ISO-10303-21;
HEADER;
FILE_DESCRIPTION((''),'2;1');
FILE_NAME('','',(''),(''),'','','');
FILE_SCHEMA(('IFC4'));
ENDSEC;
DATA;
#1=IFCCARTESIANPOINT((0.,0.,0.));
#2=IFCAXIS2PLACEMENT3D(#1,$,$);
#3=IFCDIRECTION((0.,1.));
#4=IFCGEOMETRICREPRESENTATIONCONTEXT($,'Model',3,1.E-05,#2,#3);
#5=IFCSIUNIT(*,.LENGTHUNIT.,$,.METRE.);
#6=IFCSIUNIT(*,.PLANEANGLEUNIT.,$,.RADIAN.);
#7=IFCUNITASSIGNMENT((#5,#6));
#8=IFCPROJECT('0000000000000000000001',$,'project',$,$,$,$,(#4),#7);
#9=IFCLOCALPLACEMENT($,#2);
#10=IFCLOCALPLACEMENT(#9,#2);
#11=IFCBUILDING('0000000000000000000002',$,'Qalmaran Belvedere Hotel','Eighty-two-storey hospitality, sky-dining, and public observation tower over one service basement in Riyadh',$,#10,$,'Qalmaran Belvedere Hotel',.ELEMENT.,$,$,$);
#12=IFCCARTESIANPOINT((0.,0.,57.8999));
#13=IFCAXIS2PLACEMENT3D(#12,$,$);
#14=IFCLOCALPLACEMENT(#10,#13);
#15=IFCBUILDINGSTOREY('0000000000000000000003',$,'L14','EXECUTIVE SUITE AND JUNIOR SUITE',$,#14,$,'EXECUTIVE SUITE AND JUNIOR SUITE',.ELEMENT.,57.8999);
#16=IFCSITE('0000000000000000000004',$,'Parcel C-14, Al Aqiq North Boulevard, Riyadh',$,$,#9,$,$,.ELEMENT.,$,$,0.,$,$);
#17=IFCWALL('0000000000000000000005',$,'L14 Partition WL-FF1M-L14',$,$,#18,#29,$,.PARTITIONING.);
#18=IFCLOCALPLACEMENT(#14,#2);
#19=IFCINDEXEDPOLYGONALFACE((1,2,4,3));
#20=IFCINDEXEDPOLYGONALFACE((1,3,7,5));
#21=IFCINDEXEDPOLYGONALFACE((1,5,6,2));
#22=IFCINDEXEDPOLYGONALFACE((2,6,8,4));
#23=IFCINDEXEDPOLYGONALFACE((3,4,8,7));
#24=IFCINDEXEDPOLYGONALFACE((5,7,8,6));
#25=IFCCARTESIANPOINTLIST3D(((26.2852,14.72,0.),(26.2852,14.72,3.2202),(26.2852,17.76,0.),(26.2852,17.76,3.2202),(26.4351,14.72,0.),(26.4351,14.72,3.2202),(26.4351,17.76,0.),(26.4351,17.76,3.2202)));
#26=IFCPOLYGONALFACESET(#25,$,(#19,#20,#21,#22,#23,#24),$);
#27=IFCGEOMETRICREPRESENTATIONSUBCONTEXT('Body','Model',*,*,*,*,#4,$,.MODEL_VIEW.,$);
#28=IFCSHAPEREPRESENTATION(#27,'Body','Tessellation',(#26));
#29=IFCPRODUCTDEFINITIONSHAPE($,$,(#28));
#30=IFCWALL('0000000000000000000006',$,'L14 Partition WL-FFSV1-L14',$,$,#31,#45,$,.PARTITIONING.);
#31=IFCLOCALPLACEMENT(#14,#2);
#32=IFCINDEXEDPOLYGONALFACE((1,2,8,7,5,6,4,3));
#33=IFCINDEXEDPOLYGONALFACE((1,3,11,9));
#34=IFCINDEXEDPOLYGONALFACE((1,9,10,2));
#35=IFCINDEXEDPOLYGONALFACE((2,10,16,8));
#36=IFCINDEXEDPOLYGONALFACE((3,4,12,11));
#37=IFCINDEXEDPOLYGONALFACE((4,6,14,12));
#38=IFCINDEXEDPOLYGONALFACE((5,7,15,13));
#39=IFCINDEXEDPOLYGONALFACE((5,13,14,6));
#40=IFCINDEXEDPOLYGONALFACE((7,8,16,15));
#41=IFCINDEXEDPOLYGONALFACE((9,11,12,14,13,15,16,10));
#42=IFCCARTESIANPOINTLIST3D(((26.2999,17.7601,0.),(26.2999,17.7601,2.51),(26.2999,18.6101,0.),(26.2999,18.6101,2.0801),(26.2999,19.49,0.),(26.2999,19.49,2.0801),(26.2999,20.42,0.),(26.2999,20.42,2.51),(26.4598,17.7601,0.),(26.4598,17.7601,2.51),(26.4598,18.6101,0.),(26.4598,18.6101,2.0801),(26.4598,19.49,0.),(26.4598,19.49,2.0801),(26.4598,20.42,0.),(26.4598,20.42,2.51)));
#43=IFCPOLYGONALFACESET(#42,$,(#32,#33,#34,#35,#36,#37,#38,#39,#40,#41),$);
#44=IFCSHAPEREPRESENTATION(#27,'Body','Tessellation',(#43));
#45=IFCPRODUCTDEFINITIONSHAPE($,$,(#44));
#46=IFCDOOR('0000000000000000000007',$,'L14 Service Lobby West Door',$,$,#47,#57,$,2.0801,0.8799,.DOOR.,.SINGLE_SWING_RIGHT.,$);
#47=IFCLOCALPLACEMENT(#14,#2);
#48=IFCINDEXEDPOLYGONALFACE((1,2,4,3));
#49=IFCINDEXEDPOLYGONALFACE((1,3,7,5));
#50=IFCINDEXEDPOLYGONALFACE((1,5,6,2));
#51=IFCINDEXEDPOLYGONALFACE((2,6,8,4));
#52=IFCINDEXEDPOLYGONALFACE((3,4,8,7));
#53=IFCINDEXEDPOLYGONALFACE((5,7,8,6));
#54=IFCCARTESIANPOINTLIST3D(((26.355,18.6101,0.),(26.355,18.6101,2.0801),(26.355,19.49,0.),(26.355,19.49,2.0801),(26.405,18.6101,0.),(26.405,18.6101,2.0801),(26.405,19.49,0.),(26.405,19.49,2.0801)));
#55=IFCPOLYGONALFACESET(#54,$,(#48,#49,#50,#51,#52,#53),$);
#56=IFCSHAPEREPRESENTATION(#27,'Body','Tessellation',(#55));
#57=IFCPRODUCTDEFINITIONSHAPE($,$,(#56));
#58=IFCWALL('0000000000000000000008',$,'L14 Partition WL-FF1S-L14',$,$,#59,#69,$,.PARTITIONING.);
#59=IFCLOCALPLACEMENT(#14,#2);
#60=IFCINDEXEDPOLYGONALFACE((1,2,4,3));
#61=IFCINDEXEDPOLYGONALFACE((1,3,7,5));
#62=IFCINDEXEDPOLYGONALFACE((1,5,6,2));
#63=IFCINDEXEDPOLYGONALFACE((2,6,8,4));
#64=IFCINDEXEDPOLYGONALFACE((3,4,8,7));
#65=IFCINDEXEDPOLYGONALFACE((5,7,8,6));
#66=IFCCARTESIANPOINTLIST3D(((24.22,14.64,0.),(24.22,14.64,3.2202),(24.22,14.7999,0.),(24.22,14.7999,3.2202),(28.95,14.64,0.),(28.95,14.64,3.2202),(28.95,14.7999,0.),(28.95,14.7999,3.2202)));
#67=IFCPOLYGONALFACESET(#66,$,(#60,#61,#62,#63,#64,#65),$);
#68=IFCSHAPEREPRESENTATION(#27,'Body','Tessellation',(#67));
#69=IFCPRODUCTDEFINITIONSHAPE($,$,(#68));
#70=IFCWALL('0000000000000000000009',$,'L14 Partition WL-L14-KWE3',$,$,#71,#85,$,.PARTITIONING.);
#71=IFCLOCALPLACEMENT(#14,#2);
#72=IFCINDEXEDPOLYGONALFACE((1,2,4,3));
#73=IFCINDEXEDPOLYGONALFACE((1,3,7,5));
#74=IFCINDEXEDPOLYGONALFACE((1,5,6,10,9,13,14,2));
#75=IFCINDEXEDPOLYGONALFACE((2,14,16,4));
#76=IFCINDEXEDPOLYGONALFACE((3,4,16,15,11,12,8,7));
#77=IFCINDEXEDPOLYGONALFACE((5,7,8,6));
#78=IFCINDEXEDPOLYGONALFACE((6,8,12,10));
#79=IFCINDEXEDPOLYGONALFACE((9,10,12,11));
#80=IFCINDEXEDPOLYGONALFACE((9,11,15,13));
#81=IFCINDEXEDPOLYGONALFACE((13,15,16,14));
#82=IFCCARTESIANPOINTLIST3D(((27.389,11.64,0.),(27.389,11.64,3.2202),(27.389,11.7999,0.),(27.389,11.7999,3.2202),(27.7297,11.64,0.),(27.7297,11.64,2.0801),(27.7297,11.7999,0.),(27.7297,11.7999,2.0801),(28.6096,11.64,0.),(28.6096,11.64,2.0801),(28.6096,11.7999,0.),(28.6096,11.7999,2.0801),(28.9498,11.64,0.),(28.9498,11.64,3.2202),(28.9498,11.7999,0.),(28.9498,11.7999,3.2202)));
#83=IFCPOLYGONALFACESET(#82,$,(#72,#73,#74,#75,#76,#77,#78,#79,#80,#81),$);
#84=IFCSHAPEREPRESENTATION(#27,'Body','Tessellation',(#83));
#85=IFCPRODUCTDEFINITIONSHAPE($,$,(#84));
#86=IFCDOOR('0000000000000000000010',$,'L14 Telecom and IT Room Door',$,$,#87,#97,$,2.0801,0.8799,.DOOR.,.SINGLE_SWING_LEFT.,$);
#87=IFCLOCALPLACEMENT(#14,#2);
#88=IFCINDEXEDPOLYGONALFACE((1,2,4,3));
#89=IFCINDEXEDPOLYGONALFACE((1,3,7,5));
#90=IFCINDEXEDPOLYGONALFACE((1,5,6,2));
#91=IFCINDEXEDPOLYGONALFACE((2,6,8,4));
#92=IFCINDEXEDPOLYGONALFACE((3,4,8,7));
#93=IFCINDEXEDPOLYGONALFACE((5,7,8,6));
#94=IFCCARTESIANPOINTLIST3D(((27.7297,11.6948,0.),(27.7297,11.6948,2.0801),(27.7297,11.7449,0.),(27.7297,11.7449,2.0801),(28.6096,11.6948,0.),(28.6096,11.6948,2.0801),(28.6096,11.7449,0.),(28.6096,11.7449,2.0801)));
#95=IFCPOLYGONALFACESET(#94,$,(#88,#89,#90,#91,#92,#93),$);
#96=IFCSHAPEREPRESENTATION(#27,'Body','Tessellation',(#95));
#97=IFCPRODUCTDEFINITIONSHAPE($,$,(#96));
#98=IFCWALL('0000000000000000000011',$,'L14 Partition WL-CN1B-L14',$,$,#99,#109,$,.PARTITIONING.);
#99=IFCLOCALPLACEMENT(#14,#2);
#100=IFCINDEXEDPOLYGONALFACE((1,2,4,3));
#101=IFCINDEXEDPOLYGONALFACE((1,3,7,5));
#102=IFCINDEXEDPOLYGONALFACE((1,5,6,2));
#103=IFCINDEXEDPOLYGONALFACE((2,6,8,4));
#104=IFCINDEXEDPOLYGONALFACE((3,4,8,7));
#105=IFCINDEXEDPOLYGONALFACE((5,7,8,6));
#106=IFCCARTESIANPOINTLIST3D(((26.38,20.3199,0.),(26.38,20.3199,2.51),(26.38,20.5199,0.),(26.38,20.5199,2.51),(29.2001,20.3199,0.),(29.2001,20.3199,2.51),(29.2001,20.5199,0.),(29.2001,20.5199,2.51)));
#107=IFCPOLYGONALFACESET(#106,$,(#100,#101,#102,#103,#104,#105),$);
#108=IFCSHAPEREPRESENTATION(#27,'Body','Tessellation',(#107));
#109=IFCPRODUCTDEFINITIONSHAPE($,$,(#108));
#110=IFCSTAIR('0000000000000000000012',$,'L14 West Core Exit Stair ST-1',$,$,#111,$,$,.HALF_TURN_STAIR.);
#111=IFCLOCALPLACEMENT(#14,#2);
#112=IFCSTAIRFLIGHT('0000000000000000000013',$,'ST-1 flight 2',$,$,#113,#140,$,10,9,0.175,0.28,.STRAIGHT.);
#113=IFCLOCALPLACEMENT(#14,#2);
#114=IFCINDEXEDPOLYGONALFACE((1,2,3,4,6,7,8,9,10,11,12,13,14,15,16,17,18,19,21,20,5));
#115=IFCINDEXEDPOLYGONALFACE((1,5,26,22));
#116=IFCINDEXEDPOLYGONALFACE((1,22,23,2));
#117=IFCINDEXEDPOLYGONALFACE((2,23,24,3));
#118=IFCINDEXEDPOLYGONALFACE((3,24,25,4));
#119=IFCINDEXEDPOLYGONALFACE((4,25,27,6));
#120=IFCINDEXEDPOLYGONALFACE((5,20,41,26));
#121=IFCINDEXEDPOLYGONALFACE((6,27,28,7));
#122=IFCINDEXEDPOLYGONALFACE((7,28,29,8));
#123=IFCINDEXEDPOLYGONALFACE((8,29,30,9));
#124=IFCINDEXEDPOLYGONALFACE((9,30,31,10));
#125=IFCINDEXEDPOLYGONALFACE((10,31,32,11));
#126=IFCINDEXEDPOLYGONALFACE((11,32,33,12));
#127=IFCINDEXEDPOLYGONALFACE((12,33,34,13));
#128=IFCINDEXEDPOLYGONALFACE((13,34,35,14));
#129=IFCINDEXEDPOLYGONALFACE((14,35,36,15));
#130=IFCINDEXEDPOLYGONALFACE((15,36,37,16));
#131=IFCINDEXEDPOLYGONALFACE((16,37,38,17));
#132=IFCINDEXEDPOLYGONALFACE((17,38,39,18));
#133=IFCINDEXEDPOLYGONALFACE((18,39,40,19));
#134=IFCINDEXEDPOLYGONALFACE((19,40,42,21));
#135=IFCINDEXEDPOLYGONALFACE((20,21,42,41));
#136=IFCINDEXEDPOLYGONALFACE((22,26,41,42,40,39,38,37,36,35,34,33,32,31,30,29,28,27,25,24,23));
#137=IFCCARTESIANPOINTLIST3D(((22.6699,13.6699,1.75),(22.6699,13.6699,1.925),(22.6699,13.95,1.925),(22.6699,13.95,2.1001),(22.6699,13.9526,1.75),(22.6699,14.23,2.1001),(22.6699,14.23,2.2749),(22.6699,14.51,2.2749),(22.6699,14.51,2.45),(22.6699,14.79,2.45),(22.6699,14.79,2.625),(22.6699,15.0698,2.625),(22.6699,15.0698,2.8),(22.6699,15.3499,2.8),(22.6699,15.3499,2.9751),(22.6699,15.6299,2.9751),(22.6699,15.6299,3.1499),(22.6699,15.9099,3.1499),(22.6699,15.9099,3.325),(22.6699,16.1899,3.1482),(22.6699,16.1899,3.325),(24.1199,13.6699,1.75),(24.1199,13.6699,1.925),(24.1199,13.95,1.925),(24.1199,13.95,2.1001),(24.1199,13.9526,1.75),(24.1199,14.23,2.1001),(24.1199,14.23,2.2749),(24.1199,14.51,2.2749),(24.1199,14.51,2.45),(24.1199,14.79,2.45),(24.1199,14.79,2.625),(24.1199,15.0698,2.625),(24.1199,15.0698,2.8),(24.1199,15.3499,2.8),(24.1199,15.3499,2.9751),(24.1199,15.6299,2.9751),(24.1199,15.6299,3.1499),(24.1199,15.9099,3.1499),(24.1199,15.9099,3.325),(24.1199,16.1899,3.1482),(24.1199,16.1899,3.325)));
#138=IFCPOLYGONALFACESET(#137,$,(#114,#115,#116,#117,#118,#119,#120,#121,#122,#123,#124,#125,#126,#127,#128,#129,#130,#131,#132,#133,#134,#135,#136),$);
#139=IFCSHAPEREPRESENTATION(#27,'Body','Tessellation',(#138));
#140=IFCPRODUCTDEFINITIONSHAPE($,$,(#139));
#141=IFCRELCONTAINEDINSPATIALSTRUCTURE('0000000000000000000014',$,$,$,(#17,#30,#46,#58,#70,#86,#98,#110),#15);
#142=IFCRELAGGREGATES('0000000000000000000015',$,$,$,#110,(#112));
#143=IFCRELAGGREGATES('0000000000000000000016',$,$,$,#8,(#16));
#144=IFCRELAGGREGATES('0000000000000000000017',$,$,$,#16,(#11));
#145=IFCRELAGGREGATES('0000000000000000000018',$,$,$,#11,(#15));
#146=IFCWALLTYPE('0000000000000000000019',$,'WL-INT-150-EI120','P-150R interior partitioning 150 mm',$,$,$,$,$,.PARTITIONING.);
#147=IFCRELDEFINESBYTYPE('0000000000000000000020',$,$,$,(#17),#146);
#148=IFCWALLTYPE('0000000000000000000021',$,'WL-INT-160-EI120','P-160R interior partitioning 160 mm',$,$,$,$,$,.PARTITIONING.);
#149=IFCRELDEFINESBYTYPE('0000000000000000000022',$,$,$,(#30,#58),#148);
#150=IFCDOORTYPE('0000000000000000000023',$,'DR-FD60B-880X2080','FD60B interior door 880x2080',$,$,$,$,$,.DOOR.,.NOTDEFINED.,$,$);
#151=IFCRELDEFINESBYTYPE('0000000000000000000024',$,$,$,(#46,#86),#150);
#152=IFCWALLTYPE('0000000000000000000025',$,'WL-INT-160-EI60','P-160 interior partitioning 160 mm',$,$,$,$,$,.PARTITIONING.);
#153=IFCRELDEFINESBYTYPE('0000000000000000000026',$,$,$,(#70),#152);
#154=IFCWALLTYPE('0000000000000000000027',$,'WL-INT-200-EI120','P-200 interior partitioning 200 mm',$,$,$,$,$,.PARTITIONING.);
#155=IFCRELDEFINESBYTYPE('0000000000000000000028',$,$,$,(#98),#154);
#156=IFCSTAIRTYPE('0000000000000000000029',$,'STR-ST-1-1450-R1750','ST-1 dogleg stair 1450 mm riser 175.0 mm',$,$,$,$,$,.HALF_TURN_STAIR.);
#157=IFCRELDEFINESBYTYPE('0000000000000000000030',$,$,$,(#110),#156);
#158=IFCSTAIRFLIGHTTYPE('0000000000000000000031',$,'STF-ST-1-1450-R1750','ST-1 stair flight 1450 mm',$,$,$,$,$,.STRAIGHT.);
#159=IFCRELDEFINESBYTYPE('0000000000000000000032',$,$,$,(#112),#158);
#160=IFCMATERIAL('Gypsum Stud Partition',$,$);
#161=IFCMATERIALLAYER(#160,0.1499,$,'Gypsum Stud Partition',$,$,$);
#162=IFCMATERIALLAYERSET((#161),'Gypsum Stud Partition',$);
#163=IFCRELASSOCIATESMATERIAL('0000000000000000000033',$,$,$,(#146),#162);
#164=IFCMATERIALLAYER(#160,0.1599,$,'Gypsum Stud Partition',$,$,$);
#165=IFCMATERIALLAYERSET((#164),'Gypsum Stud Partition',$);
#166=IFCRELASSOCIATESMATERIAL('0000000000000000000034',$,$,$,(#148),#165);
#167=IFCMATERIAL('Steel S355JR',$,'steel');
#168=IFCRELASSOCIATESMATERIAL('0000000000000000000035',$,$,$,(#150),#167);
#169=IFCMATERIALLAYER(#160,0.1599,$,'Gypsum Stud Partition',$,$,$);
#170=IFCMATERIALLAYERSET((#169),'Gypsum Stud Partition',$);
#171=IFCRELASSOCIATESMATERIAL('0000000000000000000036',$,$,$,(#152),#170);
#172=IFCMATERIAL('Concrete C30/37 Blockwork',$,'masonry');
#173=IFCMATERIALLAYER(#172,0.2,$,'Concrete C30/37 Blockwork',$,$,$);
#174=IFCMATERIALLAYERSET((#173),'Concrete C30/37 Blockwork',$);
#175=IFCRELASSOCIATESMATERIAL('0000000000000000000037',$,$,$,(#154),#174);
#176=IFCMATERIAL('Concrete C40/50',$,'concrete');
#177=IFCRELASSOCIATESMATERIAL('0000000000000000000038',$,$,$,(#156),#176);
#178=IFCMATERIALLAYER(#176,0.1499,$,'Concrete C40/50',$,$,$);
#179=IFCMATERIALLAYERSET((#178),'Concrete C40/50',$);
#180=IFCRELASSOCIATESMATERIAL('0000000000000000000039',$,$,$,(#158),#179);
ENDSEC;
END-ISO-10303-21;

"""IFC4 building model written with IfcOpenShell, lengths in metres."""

from ifc_helpers import new_model, si_unit, direction, frame, frame_2d, origin, place, context, subcontext, project, spatial, polyline, rectangle, outline, extrude, material, layer, layer_set, type_object, element, fill, aggregate, save


model = new_model("IFC4")

# Units and contexts
model_context = context("Model", 3, precision=1e-05, world=origin(), true_north=direction((0.0, 1.0)))
body_context = subcontext(model_context, "Body", "Model", "MODEL_VIEW")
ifc_project = project(units=[si_unit("LENGTHUNIT", "METRE"), si_unit("PLANEANGLEUNIT", "RADIAN")], contexts=[model_context])

# Site, building, storey
site_placement = place(None, origin())
site = spatial("IfcSite", under=ifc_project, at=site_placement, Name="Parcel C-14, Al Aqiq North Boulevard, Riyadh", CompositionType="ELEMENT", RefElevation=0.0)
building_placement = place(site_placement, origin())
building = spatial("IfcBuilding", under=site, at=building_placement, Name="Qalmaran Belvedere Hotel", Description="Eighty-two-storey hospitality, sky-dining, and public observation tower over one service basement in Riyadh", LongName="Qalmaran Belvedere Hotel", CompositionType="ELEMENT")
storey_placement = place(building_placement, frame((0.0, 0.0, 57.8999)))
storey = spatial("IfcBuildingStorey", under=building, at=storey_placement, Name="L14", Description="EXECUTIVE SUITE AND JUNIOR SUITE", LongName="EXECUTIVE SUITE AND JUNIOR SUITE", CompositionType="ELEMENT", Elevation=57.8999)

# Wall
ifc_material_1 = material(Name="Gypsum Stud Partition")
ifc_layer_1 = layer(ifc_material_1, 0.1499, Name="Gypsum Stud Partition")
ifc_layer_set_1 = layer_set([ifc_layer_1], Name="Gypsum Stud Partition")
wall_type_1 = type_object("IfcWallType", Name="WL-INT-150-EI120", Description="P-150R interior partitioning 150 mm", PredefinedType="PARTITIONING", material=ifc_layer_set_1)
wall_1_placement = place(storey_placement, frame((26.3601, 14.72, 0.0), z_axis=(0.0, 0.0, 1.0), x_axis=(0.0, 1.0, 0.0)))
element("IfcWall", 1, at=wall_1_placement, inside=storey, type_object=wall_type_1, Name="L14 Partition WL-FF1M-L14", PredefinedType="PARTITIONING", context=body_context, shape_type="SweptSolid", body=[
    extrude(rectangle(XDim=3.04, YDim=0.1499, at=frame_2d((1.52, 0.0))), origin(), (0.0, 0.0, 1.0), 3.2202),
])

# Wall, opening, door
ifc_layer_2 = layer(ifc_material_1, 0.1599, Name="Gypsum Stud Partition")
ifc_layer_set_2 = layer_set([ifc_layer_2], Name="Gypsum Stud Partition")
wall_type_2 = type_object("IfcWallType", Name="WL-INT-160-EI120", Description="P-160R interior partitioning 160 mm", PredefinedType="PARTITIONING", material=ifc_layer_set_2)
wall_2_placement = place(storey_placement, frame((26.3799, 17.76, 0.0), z_axis=(0.0, 0.0, 1.0), x_axis=(0.0, 1.0, 0.0)))
wall_2 = element("IfcWall", 2, at=wall_2_placement, inside=storey, type_object=wall_type_2, Name="L14 Partition WL-FFSV1-L14", PredefinedType="PARTITIONING", context=body_context, shape_type="SweptSolid", body=[
    extrude(rectangle(XDim=2.6599, YDim=0.1599, at=frame_2d((1.3301, 0.0))), origin(), (0.0, 0.0, 1.0), 2.51),
])
opening_1_placement = place(wall_2_placement, frame((0.8501, 0.0, 0.0)))
opening_1 = element("IfcOpeningElement", 3, at=opening_1_placement, cuts=wall_2, PredefinedType="OPENING", context=body_context, shape_type="SweptSolid", body=[
    extrude(rectangle(XDim=0.8799, YDim=2.0801, at=frame_2d((0.4399, 1.04))), frame((0.0, 0.0898, 0.0), z_axis=(0.0, -1.0, 0.0), x_axis=(1.0, 0.0, 0.0)), (0.0, 0.0, 1.0), 0.1799),
])
ifc_material_2 = material(Name="Steel S355JR", Category="steel")
door_type_1 = type_object("IfcDoorType", Name="DR-FD60B-880X2080", Description="FD60B interior door 880x2080", OperationType="NOTDEFINED", PredefinedType="DOOR", material=ifc_material_2)
door_1_placement = place(opening_1_placement, origin())
door_1 = element("IfcDoor", 4, at=door_1_placement, inside=storey, type_object=door_type_1, Name="L14 Service Lobby West Door", OperationType="SINGLE_SWING_RIGHT", OverallHeight=2.0801, OverallWidth=0.8799, PredefinedType="DOOR", context=body_context, shape_type="SweptSolid", body=[
    extrude(rectangle(XDim=0.8799, YDim=2.0801, at=frame_2d((0.4399, 1.04))), frame((0.0, 0.0249, 0.0), z_axis=(0.0, -1.0, 0.0), x_axis=(1.0, 0.0, 0.0)), (0.0, 0.0, 1.0), 0.05),
])
fill(opening_1, door_1)

# Wall
wall_3_placement = place(storey_placement, frame((24.22, 14.72, 0.0), z_axis=(0.0, 0.0, 1.0), x_axis=(1.0, 0.0, 0.0)))
element("IfcWall", 5, at=wall_3_placement, inside=storey, type_object=wall_type_2, Name="L14 Partition WL-FF1S-L14", PredefinedType="PARTITIONING", context=body_context, shape_type="SweptSolid", body=[
    extrude(rectangle(XDim=4.73, YDim=0.1599, at=frame_2d((2.365, 0.0))), origin(), (0.0, 0.0, 1.0), 3.2202),
])

# Wall, opening, door
ifc_layer_3 = layer(ifc_material_1, 0.1599, Name="Gypsum Stud Partition")
ifc_layer_set_3 = layer_set([ifc_layer_3], Name="Gypsum Stud Partition")
wall_type_3 = type_object("IfcWallType", Name="WL-INT-160-EI60", Description="P-160 interior partitioning 160 mm", PredefinedType="PARTITIONING", material=ifc_layer_set_3)
wall_4_placement = place(storey_placement, frame((27.3892, 11.72, 0.0), z_axis=(0.0, 0.0, 1.0), x_axis=(1.0, 0.0, 0.0)))
wall_4 = element("IfcWall", 6, at=wall_4_placement, inside=storey, type_object=wall_type_3, Name="L14 Partition WL-L14-KWE3", PredefinedType="PARTITIONING", context=body_context, shape_type="SweptSolid", body=[
    extrude(rectangle(XDim=1.5608, YDim=0.1599, at=frame_2d((0.7803, 0.0))), origin(), (0.0, 0.0, 1.0), 3.2202),
])
opening_2_placement = place(wall_4_placement, frame((0.3406, 0.0, 0.0)))
opening_2 = element("IfcOpeningElement", 7, at=opening_2_placement, cuts=wall_4, PredefinedType="OPENING", context=body_context, shape_type="SweptSolid", body=[
    extrude(rectangle(XDim=0.8799, YDim=2.0801, at=frame_2d((0.4399, 1.04))), frame((0.0, 0.0898, 0.0), z_axis=(0.0, -1.0, 0.0), x_axis=(1.0, 0.0, 0.0)), (0.0, 0.0, 1.0), 0.1799),
])
door_2_placement = place(opening_2_placement, origin())
door_2 = element("IfcDoor", 8, at=door_2_placement, inside=storey, type_object=door_type_1, Name="L14 Telecom and IT Room Door", OperationType="SINGLE_SWING_LEFT", OverallHeight=2.0801, OverallWidth=0.8799, PredefinedType="DOOR", context=body_context, shape_type="SweptSolid", body=[
    extrude(rectangle(XDim=0.8799, YDim=2.0801, at=frame_2d((0.4399, 1.04))), frame((0.0, 0.0249, 0.0), z_axis=(0.0, -1.0, 0.0), x_axis=(1.0, 0.0, 0.0)), (0.0, 0.0, 1.0), 0.05),
])
fill(opening_2, door_2)

# Wall
ifc_material_3 = material(Name="Concrete C30/37 Blockwork", Category="masonry")
ifc_layer_4 = layer(ifc_material_3, 0.2, Name="Concrete C30/37 Blockwork")
ifc_layer_set_4 = layer_set([ifc_layer_4], Name="Concrete C30/37 Blockwork")
wall_type_4 = type_object("IfcWallType", Name="WL-INT-200-EI120", Description="P-200 interior partitioning 200 mm", PredefinedType="PARTITIONING", material=ifc_layer_set_4)
wall_5_placement = place(storey_placement, frame((26.3799, 20.4199, 0.0), z_axis=(0.0, 0.0, 1.0), x_axis=(1.0, 0.0, 0.0)))
element("IfcWall", 9, at=wall_5_placement, inside=storey, type_object=wall_type_4, Name="L14 Partition WL-CN1B-L14", PredefinedType="PARTITIONING", context=body_context, shape_type="SweptSolid", body=[
    extrude(rectangle(XDim=2.8201, YDim=0.2, at=frame_2d((1.4102, 0.0))), origin(), (0.0, 0.0, 1.0), 2.51),
])

# Stair, stair flight
ifc_material_4 = material(Name="Concrete C40/50", Category="concrete")
stair_type = type_object("IfcStairType", Name="STR-ST-1-1450-R1750", Description="ST-1 dogleg stair 1450 mm riser 175.0 mm", PredefinedType="HALF_TURN_STAIR", material=ifc_material_4)
stair_placement = place(storey_placement, origin())
stair = element("IfcStair", 10, at=stair_placement, inside=storey, type_object=stair_type, Name="L14 West Core Exit Stair ST-1", PredefinedType="HALF_TURN_STAIR")
ifc_layer_5 = layer(ifc_material_4, 0.1499, Name="Concrete C40/50")
ifc_layer_set_5 = layer_set([ifc_layer_5], Name="Concrete C40/50")
stair_flight_type = type_object("IfcStairFlightType", Name="STF-ST-1-1450-R1750", Description="ST-1 stair flight 1450 mm", PredefinedType="STRAIGHT", material=ifc_layer_set_5)
stair_flight_placement = place(storey_placement, frame((23.395, 13.6699, 1.75), z_axis=(0.0, 0.0, 1.0), x_axis=(0.0, 1.0, 0.0)))
stair_flight = element("IfcStairFlight", 11, at=stair_flight_placement, type_object=stair_flight_type, Name="ST-1 flight 2", NumberOfRisers=10, NumberOfTreads=9, PredefinedType="STRAIGHT", RiserHeight=0.175, TreadLength=0.28, context=body_context, shape_type="SweptSolid", body=[
    extrude(outline(polyline([(0.0, 0.0), (0.0, 0.175), (0.28, 0.175), (0.28, 0.3501), (0.5601, 0.3501), (0.5601, 0.5249), (0.8401, 0.5249), (0.8401, 0.7), (1.1201, 0.7), (1.1201, 0.875), (1.3999, 0.875), (1.3999, 1.05), (1.6799, 1.05), (1.6799, 1.2251), (1.96, 1.2251), (1.96, 1.3999), (2.24, 1.3999), (2.24, 1.575), (2.52, 1.575), (2.52, 1.75), (2.52, 1.3982), (0.2827, 0.0), (0.0, 0.0)])), frame((0.0, 0.7251, 0.0), z_axis=(0.0, -1.0, 0.0), x_axis=(1.0, 0.0, 0.0)), (0.0, 0.0, 1.0), 1.45),
])
aggregate(stair, [stair_flight])

save(model, "model.ifc")
